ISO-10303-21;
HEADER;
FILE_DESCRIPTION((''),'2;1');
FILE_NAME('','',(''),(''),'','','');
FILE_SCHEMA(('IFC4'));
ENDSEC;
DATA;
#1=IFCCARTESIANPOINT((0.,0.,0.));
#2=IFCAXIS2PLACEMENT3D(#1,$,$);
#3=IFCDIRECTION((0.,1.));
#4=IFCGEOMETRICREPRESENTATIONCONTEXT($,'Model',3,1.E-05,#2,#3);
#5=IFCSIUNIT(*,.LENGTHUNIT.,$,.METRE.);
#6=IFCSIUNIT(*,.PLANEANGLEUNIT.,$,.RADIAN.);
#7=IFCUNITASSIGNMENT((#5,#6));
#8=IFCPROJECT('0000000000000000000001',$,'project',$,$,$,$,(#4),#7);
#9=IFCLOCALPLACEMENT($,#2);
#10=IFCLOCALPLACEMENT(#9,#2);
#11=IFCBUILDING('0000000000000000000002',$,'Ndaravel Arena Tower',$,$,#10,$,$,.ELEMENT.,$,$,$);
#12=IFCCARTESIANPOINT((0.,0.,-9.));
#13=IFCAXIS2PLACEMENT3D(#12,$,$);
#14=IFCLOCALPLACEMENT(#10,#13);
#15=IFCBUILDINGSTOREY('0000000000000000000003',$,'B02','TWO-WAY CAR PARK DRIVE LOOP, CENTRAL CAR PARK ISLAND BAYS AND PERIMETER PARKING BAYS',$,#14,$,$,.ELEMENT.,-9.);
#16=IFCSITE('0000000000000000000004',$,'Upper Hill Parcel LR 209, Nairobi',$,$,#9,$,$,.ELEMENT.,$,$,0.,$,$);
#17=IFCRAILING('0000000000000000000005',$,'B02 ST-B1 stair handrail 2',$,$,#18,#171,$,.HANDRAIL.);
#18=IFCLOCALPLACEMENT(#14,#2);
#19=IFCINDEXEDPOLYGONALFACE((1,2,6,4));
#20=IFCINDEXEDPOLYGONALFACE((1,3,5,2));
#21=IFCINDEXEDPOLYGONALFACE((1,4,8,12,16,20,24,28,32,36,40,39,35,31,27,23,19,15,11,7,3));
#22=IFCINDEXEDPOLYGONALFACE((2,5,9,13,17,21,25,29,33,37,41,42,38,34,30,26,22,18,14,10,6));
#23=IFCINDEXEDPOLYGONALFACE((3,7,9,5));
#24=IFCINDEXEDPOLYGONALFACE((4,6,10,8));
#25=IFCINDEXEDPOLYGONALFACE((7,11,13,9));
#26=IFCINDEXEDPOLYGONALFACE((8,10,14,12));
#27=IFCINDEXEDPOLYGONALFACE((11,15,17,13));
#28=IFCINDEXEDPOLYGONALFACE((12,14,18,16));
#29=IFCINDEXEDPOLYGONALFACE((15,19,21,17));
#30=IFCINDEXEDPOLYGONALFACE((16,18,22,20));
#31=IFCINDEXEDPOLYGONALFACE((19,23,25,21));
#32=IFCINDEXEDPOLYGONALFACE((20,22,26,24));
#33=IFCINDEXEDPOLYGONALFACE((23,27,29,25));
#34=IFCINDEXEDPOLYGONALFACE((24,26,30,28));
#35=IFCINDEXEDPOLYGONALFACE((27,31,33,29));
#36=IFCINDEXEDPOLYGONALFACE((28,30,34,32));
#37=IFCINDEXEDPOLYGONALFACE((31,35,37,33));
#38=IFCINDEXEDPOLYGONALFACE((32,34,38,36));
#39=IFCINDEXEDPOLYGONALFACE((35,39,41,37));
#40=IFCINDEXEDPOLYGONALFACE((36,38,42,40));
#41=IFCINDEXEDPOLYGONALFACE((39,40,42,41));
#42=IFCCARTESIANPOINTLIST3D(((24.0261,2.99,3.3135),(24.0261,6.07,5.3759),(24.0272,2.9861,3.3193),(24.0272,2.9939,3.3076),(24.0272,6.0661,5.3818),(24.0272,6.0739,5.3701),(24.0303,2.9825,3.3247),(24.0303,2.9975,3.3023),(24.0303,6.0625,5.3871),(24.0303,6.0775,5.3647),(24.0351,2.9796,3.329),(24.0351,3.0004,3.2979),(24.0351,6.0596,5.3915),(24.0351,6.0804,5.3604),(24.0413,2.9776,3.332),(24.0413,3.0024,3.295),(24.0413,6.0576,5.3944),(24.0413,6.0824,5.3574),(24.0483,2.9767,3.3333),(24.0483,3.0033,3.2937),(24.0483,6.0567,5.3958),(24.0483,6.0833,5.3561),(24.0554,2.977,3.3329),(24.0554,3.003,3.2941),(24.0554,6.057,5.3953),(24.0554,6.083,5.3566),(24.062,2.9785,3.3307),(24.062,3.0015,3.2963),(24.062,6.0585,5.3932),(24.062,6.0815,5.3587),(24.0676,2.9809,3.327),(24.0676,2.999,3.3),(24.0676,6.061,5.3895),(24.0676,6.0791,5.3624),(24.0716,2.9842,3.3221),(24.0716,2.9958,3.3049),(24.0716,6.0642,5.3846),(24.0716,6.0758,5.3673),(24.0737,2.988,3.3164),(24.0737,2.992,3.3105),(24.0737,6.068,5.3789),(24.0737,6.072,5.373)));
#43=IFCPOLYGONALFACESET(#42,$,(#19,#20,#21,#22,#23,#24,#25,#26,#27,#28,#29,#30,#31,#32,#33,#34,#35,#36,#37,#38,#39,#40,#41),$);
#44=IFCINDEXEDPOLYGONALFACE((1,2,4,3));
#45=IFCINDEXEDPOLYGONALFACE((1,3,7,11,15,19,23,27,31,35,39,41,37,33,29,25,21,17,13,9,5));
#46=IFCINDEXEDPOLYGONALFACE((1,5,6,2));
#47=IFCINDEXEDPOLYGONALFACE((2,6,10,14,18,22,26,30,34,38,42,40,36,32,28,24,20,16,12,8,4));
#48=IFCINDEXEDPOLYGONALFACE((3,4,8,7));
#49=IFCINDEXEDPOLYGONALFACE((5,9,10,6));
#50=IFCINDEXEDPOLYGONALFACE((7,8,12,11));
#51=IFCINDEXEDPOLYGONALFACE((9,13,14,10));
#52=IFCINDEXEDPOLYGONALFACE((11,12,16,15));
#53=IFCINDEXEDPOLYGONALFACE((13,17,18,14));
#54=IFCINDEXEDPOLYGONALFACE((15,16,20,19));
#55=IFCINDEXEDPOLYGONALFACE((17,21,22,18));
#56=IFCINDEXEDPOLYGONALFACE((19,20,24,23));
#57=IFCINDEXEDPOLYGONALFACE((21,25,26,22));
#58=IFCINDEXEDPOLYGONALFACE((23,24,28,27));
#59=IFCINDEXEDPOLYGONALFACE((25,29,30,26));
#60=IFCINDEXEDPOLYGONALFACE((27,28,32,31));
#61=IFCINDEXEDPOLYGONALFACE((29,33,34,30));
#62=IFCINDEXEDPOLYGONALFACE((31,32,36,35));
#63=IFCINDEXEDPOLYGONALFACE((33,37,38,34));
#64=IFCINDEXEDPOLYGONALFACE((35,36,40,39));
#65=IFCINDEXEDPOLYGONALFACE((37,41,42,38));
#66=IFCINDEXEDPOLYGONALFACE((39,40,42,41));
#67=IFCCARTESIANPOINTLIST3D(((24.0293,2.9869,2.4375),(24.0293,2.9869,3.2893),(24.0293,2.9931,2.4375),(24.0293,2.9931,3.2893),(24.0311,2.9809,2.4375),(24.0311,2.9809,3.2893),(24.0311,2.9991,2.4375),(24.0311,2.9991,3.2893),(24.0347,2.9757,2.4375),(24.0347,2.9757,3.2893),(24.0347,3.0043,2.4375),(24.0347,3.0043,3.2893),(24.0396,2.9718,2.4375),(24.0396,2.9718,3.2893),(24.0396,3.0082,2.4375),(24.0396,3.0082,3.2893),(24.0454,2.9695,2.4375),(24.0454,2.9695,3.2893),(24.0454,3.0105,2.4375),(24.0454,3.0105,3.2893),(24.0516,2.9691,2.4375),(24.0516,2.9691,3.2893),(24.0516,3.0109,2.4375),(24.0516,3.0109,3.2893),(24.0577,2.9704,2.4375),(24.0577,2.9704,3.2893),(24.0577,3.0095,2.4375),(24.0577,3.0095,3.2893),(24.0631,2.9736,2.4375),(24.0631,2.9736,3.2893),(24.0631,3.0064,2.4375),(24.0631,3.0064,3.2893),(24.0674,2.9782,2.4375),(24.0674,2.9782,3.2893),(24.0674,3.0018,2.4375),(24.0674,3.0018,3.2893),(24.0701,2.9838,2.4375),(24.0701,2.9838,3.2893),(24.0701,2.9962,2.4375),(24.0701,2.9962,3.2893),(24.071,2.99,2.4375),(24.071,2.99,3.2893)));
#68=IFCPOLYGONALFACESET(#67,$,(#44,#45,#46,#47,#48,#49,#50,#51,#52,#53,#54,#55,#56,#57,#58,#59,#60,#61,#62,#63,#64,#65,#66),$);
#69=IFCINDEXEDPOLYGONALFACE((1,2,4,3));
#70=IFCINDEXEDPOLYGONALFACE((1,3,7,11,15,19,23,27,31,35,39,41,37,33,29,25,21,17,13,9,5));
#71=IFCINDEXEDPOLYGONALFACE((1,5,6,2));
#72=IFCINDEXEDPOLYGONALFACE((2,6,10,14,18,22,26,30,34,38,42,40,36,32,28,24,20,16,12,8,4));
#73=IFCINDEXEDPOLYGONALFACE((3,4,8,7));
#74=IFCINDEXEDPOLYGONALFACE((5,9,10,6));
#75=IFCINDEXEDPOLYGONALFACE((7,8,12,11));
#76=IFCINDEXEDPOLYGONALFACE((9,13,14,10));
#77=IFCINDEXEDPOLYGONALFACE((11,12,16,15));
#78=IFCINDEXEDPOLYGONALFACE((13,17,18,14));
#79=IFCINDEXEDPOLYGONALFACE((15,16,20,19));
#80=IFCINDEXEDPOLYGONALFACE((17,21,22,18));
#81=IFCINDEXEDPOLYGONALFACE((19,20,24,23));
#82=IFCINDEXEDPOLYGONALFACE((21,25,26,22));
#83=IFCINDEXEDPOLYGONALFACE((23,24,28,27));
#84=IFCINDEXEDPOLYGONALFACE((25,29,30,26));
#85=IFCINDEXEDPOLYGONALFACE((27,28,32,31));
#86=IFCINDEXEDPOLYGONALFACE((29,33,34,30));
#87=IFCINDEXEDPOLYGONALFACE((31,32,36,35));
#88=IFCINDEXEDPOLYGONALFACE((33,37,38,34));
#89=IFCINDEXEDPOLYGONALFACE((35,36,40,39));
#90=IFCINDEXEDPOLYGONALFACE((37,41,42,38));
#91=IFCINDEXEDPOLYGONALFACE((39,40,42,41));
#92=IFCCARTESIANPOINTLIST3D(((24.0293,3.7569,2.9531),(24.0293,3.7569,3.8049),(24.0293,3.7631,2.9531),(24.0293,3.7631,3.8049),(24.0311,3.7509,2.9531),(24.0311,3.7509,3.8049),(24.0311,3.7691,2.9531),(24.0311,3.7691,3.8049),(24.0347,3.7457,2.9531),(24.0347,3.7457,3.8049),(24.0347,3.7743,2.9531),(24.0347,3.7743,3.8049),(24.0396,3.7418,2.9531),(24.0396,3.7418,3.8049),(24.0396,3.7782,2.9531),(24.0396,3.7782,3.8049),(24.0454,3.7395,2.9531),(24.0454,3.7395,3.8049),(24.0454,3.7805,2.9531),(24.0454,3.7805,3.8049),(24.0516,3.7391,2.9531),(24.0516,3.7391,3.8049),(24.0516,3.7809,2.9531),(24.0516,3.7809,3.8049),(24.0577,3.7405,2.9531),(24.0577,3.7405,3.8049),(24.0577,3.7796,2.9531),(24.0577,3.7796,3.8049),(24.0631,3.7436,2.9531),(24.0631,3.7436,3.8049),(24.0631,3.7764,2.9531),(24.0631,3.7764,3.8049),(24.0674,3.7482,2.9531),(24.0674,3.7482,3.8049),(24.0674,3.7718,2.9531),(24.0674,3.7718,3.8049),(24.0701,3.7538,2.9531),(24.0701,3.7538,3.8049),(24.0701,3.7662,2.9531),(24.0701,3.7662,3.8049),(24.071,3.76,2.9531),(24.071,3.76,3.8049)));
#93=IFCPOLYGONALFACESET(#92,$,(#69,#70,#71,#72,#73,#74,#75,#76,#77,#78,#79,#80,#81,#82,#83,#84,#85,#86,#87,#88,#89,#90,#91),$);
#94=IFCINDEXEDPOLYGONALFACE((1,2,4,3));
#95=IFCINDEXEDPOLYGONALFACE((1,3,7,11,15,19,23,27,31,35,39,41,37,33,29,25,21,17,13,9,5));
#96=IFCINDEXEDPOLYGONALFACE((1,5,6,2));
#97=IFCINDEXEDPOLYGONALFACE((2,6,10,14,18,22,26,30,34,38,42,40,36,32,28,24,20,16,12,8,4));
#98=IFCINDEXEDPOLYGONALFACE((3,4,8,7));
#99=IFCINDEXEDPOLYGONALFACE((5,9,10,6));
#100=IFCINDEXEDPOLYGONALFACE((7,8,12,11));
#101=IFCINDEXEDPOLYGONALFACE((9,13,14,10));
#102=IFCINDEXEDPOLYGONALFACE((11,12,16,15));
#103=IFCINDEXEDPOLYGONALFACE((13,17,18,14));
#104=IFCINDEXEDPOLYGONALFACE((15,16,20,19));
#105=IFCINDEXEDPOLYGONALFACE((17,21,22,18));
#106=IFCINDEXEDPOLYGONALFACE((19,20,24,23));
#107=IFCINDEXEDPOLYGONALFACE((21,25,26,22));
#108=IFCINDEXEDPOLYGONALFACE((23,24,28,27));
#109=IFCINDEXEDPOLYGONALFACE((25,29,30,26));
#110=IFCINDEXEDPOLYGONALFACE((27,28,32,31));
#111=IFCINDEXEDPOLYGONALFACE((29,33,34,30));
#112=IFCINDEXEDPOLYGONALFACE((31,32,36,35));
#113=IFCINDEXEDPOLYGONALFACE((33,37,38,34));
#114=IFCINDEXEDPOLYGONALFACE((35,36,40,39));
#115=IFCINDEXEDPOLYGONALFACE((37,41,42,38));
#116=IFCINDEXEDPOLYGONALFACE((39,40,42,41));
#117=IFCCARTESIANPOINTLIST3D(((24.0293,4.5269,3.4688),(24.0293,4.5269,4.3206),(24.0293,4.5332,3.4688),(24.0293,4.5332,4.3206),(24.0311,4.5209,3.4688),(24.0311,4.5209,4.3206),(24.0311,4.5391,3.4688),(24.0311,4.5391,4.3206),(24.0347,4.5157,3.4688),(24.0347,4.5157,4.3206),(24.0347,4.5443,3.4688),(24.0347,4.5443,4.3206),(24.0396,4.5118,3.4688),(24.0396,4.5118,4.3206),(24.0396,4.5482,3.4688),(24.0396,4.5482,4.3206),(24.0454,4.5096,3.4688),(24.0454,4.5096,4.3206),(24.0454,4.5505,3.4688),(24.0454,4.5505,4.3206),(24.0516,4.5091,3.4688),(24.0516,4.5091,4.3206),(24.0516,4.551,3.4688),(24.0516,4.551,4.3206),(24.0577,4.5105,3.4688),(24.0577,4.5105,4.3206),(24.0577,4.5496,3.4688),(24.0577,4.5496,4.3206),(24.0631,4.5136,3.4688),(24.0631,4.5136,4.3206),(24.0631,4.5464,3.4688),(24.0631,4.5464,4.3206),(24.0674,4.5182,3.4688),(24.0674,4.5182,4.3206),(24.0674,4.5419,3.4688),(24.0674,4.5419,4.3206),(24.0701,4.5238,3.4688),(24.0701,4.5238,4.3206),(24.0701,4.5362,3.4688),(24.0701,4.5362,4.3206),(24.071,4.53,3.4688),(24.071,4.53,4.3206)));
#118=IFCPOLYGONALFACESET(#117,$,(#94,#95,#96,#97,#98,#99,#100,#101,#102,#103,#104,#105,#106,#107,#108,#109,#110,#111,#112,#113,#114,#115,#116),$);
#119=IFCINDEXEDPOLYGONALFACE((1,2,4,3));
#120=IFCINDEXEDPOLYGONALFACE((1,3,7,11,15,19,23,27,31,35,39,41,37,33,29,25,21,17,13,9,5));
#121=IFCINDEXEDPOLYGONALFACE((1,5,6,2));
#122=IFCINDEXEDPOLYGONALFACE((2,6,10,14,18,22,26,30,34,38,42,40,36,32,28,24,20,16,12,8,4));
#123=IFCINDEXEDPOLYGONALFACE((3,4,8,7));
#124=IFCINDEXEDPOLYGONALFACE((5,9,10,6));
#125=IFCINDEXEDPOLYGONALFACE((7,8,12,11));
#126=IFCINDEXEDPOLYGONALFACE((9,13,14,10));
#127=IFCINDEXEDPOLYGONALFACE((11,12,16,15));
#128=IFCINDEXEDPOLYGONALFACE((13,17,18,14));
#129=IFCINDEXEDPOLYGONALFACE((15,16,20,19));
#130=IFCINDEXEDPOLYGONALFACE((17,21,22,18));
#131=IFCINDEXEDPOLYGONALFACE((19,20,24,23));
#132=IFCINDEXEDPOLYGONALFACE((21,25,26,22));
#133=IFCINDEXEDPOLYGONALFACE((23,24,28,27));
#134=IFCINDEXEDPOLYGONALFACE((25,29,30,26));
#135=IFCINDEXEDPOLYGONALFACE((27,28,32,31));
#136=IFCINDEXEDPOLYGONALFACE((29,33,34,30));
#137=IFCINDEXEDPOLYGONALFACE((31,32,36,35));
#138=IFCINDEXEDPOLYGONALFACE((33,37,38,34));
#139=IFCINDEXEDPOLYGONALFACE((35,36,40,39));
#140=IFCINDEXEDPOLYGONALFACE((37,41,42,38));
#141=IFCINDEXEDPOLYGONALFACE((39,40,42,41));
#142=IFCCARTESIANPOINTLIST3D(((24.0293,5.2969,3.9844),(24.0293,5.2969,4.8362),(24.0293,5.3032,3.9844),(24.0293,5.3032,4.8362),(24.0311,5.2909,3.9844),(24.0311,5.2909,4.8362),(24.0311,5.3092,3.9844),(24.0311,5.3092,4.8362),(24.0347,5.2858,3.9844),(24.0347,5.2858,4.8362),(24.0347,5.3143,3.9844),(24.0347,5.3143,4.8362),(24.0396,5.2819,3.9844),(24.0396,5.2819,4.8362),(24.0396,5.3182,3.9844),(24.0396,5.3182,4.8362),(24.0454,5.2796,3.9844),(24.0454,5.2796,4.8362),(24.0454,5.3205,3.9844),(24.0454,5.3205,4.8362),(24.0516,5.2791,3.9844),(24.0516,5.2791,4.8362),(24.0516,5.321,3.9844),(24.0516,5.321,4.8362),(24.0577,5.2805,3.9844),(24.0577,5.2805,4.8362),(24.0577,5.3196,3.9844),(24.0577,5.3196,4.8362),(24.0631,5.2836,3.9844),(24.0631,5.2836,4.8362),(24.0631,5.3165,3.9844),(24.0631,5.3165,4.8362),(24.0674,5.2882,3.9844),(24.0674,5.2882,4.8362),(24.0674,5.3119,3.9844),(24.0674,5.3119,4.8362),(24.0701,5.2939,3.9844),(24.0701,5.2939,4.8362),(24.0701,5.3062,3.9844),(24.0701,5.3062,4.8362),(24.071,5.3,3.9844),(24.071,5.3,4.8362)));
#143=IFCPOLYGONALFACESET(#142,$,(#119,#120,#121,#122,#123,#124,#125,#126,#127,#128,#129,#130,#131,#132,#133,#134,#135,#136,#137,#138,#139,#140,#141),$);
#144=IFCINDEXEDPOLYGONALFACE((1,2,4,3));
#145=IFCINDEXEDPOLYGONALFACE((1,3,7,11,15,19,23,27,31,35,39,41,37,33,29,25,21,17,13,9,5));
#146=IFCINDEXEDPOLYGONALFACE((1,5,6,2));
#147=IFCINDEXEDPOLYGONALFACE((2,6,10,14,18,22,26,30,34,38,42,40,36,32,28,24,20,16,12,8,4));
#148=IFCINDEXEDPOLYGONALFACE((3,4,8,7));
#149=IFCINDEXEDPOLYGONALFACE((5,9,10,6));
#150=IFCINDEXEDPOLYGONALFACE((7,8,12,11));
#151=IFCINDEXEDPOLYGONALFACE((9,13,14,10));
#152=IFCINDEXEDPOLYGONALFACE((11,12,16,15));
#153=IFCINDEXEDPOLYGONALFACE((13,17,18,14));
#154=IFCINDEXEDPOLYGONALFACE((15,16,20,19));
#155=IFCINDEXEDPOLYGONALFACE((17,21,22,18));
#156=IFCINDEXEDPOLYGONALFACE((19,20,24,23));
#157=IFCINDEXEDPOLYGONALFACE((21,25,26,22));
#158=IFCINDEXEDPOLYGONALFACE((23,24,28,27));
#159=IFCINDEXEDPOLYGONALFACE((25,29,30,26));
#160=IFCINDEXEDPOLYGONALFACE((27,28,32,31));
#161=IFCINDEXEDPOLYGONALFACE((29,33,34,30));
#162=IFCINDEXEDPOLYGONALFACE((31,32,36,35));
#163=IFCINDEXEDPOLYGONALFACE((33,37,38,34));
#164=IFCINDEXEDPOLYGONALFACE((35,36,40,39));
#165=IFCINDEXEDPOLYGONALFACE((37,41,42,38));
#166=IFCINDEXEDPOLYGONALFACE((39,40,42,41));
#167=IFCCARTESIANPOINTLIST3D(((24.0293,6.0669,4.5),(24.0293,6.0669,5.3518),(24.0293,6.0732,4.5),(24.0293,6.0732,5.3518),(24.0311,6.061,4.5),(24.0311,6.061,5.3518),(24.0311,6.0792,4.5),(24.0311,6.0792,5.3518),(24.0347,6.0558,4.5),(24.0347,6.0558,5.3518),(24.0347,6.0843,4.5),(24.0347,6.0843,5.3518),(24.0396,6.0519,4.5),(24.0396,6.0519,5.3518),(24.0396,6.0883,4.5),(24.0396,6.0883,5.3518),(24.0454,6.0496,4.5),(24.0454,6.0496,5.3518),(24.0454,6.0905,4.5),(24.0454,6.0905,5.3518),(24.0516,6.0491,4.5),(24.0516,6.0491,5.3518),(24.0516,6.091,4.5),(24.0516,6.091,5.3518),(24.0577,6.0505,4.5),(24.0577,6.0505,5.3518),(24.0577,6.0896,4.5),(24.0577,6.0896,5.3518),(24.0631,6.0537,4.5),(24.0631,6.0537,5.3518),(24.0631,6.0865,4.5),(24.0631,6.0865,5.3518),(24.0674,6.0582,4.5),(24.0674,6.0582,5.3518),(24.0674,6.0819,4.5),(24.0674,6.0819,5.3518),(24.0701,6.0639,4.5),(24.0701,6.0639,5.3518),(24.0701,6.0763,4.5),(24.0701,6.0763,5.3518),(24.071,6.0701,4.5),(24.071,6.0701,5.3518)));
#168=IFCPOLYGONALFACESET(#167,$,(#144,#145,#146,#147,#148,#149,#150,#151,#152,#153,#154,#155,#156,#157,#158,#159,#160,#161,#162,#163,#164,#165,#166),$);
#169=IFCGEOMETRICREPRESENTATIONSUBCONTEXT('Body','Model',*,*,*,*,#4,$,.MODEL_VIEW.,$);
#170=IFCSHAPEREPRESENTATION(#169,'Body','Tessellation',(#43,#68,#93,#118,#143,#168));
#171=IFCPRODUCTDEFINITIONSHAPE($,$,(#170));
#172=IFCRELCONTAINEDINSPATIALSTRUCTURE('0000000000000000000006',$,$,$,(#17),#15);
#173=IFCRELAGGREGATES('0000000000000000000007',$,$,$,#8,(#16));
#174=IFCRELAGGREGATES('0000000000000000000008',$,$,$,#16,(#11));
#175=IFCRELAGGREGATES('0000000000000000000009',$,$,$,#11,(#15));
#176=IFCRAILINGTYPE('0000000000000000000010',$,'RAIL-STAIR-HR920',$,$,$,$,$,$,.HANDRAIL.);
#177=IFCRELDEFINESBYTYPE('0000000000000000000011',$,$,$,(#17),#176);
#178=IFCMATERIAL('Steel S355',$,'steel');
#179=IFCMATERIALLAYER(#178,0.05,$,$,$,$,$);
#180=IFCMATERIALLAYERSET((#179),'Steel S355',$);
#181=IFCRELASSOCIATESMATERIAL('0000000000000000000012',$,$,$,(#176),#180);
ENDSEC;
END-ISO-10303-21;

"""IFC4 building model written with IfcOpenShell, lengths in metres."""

from ifc_helpers import new_model, si_unit, direction, frame, origin, origin_2d, place, context, subcontext, project, spatial, circle, extrude, material, layer, layer_set, type_object, element, save


model = new_model("IFC4")

# Units and contexts
model_context = context("Model", 3, precision=1e-05, world=origin(), true_north=direction((0.0, 1.0)))
body_context = subcontext(model_context, "Body", "Model", "MODEL_VIEW")
ifc_project = project(units=[si_unit("LENGTHUNIT", "METRE"), si_unit("PLANEANGLEUNIT", "RADIAN")], contexts=[model_context])

# Site, building, storey
site_placement = place(None, origin())
site = spatial("IfcSite", under=ifc_project, at=site_placement, Name="Upper Hill Parcel LR 209, Nairobi", CompositionType="ELEMENT", RefElevation=0.0)
building_placement = place(site_placement, origin())
building = spatial("IfcBuilding", under=site, at=building_placement, Name="Ndaravel Arena Tower", CompositionType="ELEMENT")
storey_placement = place(building_placement, frame((0.0, 0.0, -9.0)))
storey = spatial("IfcBuildingStorey", under=building, at=storey_placement, Name="B02", Description="TWO-WAY CAR PARK DRIVE LOOP, CENTRAL CAR PARK ISLAND BAYS AND PERIMETER PARKING BAYS", CompositionType="ELEMENT", Elevation=-9.0)

# Railing
ifc_material_1 = material(Name="Steel S355", Category="steel")
ifc_layer_1 = layer(ifc_material_1, 0.05)
ifc_layer_set_1 = layer_set([ifc_layer_1], Name="Steel S355")
railing_type_1 = type_object("IfcRailingType", Name="RAIL-STAIR-HR920", PredefinedType="HANDRAIL", material=ifc_layer_set_1)
railing_1_placement = place(storey_placement, frame((24.05, 2.99, 2.4375)))
element("IfcRailing", 1, at=railing_1_placement, inside=storey, type_object=railing_type_1, Name="B02 ST-B1 stair handrail 2", PredefinedType="HANDRAIL", context=body_context, shape_type="SweptSolid", body=[
    extrude(circle(Radius=0.0239, at=origin_2d()), frame((0.0, 0.0, 0.876), z_axis=(0.0, 0.830914, 0.556401), x_axis=(-1.0, 0.0, 0.0)), (0.0, 0.0, 1.0), 3.7068),
    extrude(circle(Radius=0.021, at=origin_2d()), origin(), (0.0, 0.0, 1.0), 0.8518),
    extrude(circle(Radius=0.021, at=origin_2d()), frame((0.0, 0.77, 0.5156)), (0.0, 0.0, 1.0), 0.8518),
    extrude(circle(Radius=0.021, at=origin_2d()), frame((0.0, 1.54, 1.0312)), (0.0, 0.0, 1.0), 0.8518),
    extrude(circle(Radius=0.021, at=origin_2d()), frame((0.0, 2.3101, 1.5469)), (0.0, 0.0, 1.0), 0.8518),
    extrude(circle(Radius=0.021, at=origin_2d()), frame((0.0, 3.0801, 2.0625)), (0.0, 0.0, 1.0), 0.8518),
])

save(model, "model.ifc")
